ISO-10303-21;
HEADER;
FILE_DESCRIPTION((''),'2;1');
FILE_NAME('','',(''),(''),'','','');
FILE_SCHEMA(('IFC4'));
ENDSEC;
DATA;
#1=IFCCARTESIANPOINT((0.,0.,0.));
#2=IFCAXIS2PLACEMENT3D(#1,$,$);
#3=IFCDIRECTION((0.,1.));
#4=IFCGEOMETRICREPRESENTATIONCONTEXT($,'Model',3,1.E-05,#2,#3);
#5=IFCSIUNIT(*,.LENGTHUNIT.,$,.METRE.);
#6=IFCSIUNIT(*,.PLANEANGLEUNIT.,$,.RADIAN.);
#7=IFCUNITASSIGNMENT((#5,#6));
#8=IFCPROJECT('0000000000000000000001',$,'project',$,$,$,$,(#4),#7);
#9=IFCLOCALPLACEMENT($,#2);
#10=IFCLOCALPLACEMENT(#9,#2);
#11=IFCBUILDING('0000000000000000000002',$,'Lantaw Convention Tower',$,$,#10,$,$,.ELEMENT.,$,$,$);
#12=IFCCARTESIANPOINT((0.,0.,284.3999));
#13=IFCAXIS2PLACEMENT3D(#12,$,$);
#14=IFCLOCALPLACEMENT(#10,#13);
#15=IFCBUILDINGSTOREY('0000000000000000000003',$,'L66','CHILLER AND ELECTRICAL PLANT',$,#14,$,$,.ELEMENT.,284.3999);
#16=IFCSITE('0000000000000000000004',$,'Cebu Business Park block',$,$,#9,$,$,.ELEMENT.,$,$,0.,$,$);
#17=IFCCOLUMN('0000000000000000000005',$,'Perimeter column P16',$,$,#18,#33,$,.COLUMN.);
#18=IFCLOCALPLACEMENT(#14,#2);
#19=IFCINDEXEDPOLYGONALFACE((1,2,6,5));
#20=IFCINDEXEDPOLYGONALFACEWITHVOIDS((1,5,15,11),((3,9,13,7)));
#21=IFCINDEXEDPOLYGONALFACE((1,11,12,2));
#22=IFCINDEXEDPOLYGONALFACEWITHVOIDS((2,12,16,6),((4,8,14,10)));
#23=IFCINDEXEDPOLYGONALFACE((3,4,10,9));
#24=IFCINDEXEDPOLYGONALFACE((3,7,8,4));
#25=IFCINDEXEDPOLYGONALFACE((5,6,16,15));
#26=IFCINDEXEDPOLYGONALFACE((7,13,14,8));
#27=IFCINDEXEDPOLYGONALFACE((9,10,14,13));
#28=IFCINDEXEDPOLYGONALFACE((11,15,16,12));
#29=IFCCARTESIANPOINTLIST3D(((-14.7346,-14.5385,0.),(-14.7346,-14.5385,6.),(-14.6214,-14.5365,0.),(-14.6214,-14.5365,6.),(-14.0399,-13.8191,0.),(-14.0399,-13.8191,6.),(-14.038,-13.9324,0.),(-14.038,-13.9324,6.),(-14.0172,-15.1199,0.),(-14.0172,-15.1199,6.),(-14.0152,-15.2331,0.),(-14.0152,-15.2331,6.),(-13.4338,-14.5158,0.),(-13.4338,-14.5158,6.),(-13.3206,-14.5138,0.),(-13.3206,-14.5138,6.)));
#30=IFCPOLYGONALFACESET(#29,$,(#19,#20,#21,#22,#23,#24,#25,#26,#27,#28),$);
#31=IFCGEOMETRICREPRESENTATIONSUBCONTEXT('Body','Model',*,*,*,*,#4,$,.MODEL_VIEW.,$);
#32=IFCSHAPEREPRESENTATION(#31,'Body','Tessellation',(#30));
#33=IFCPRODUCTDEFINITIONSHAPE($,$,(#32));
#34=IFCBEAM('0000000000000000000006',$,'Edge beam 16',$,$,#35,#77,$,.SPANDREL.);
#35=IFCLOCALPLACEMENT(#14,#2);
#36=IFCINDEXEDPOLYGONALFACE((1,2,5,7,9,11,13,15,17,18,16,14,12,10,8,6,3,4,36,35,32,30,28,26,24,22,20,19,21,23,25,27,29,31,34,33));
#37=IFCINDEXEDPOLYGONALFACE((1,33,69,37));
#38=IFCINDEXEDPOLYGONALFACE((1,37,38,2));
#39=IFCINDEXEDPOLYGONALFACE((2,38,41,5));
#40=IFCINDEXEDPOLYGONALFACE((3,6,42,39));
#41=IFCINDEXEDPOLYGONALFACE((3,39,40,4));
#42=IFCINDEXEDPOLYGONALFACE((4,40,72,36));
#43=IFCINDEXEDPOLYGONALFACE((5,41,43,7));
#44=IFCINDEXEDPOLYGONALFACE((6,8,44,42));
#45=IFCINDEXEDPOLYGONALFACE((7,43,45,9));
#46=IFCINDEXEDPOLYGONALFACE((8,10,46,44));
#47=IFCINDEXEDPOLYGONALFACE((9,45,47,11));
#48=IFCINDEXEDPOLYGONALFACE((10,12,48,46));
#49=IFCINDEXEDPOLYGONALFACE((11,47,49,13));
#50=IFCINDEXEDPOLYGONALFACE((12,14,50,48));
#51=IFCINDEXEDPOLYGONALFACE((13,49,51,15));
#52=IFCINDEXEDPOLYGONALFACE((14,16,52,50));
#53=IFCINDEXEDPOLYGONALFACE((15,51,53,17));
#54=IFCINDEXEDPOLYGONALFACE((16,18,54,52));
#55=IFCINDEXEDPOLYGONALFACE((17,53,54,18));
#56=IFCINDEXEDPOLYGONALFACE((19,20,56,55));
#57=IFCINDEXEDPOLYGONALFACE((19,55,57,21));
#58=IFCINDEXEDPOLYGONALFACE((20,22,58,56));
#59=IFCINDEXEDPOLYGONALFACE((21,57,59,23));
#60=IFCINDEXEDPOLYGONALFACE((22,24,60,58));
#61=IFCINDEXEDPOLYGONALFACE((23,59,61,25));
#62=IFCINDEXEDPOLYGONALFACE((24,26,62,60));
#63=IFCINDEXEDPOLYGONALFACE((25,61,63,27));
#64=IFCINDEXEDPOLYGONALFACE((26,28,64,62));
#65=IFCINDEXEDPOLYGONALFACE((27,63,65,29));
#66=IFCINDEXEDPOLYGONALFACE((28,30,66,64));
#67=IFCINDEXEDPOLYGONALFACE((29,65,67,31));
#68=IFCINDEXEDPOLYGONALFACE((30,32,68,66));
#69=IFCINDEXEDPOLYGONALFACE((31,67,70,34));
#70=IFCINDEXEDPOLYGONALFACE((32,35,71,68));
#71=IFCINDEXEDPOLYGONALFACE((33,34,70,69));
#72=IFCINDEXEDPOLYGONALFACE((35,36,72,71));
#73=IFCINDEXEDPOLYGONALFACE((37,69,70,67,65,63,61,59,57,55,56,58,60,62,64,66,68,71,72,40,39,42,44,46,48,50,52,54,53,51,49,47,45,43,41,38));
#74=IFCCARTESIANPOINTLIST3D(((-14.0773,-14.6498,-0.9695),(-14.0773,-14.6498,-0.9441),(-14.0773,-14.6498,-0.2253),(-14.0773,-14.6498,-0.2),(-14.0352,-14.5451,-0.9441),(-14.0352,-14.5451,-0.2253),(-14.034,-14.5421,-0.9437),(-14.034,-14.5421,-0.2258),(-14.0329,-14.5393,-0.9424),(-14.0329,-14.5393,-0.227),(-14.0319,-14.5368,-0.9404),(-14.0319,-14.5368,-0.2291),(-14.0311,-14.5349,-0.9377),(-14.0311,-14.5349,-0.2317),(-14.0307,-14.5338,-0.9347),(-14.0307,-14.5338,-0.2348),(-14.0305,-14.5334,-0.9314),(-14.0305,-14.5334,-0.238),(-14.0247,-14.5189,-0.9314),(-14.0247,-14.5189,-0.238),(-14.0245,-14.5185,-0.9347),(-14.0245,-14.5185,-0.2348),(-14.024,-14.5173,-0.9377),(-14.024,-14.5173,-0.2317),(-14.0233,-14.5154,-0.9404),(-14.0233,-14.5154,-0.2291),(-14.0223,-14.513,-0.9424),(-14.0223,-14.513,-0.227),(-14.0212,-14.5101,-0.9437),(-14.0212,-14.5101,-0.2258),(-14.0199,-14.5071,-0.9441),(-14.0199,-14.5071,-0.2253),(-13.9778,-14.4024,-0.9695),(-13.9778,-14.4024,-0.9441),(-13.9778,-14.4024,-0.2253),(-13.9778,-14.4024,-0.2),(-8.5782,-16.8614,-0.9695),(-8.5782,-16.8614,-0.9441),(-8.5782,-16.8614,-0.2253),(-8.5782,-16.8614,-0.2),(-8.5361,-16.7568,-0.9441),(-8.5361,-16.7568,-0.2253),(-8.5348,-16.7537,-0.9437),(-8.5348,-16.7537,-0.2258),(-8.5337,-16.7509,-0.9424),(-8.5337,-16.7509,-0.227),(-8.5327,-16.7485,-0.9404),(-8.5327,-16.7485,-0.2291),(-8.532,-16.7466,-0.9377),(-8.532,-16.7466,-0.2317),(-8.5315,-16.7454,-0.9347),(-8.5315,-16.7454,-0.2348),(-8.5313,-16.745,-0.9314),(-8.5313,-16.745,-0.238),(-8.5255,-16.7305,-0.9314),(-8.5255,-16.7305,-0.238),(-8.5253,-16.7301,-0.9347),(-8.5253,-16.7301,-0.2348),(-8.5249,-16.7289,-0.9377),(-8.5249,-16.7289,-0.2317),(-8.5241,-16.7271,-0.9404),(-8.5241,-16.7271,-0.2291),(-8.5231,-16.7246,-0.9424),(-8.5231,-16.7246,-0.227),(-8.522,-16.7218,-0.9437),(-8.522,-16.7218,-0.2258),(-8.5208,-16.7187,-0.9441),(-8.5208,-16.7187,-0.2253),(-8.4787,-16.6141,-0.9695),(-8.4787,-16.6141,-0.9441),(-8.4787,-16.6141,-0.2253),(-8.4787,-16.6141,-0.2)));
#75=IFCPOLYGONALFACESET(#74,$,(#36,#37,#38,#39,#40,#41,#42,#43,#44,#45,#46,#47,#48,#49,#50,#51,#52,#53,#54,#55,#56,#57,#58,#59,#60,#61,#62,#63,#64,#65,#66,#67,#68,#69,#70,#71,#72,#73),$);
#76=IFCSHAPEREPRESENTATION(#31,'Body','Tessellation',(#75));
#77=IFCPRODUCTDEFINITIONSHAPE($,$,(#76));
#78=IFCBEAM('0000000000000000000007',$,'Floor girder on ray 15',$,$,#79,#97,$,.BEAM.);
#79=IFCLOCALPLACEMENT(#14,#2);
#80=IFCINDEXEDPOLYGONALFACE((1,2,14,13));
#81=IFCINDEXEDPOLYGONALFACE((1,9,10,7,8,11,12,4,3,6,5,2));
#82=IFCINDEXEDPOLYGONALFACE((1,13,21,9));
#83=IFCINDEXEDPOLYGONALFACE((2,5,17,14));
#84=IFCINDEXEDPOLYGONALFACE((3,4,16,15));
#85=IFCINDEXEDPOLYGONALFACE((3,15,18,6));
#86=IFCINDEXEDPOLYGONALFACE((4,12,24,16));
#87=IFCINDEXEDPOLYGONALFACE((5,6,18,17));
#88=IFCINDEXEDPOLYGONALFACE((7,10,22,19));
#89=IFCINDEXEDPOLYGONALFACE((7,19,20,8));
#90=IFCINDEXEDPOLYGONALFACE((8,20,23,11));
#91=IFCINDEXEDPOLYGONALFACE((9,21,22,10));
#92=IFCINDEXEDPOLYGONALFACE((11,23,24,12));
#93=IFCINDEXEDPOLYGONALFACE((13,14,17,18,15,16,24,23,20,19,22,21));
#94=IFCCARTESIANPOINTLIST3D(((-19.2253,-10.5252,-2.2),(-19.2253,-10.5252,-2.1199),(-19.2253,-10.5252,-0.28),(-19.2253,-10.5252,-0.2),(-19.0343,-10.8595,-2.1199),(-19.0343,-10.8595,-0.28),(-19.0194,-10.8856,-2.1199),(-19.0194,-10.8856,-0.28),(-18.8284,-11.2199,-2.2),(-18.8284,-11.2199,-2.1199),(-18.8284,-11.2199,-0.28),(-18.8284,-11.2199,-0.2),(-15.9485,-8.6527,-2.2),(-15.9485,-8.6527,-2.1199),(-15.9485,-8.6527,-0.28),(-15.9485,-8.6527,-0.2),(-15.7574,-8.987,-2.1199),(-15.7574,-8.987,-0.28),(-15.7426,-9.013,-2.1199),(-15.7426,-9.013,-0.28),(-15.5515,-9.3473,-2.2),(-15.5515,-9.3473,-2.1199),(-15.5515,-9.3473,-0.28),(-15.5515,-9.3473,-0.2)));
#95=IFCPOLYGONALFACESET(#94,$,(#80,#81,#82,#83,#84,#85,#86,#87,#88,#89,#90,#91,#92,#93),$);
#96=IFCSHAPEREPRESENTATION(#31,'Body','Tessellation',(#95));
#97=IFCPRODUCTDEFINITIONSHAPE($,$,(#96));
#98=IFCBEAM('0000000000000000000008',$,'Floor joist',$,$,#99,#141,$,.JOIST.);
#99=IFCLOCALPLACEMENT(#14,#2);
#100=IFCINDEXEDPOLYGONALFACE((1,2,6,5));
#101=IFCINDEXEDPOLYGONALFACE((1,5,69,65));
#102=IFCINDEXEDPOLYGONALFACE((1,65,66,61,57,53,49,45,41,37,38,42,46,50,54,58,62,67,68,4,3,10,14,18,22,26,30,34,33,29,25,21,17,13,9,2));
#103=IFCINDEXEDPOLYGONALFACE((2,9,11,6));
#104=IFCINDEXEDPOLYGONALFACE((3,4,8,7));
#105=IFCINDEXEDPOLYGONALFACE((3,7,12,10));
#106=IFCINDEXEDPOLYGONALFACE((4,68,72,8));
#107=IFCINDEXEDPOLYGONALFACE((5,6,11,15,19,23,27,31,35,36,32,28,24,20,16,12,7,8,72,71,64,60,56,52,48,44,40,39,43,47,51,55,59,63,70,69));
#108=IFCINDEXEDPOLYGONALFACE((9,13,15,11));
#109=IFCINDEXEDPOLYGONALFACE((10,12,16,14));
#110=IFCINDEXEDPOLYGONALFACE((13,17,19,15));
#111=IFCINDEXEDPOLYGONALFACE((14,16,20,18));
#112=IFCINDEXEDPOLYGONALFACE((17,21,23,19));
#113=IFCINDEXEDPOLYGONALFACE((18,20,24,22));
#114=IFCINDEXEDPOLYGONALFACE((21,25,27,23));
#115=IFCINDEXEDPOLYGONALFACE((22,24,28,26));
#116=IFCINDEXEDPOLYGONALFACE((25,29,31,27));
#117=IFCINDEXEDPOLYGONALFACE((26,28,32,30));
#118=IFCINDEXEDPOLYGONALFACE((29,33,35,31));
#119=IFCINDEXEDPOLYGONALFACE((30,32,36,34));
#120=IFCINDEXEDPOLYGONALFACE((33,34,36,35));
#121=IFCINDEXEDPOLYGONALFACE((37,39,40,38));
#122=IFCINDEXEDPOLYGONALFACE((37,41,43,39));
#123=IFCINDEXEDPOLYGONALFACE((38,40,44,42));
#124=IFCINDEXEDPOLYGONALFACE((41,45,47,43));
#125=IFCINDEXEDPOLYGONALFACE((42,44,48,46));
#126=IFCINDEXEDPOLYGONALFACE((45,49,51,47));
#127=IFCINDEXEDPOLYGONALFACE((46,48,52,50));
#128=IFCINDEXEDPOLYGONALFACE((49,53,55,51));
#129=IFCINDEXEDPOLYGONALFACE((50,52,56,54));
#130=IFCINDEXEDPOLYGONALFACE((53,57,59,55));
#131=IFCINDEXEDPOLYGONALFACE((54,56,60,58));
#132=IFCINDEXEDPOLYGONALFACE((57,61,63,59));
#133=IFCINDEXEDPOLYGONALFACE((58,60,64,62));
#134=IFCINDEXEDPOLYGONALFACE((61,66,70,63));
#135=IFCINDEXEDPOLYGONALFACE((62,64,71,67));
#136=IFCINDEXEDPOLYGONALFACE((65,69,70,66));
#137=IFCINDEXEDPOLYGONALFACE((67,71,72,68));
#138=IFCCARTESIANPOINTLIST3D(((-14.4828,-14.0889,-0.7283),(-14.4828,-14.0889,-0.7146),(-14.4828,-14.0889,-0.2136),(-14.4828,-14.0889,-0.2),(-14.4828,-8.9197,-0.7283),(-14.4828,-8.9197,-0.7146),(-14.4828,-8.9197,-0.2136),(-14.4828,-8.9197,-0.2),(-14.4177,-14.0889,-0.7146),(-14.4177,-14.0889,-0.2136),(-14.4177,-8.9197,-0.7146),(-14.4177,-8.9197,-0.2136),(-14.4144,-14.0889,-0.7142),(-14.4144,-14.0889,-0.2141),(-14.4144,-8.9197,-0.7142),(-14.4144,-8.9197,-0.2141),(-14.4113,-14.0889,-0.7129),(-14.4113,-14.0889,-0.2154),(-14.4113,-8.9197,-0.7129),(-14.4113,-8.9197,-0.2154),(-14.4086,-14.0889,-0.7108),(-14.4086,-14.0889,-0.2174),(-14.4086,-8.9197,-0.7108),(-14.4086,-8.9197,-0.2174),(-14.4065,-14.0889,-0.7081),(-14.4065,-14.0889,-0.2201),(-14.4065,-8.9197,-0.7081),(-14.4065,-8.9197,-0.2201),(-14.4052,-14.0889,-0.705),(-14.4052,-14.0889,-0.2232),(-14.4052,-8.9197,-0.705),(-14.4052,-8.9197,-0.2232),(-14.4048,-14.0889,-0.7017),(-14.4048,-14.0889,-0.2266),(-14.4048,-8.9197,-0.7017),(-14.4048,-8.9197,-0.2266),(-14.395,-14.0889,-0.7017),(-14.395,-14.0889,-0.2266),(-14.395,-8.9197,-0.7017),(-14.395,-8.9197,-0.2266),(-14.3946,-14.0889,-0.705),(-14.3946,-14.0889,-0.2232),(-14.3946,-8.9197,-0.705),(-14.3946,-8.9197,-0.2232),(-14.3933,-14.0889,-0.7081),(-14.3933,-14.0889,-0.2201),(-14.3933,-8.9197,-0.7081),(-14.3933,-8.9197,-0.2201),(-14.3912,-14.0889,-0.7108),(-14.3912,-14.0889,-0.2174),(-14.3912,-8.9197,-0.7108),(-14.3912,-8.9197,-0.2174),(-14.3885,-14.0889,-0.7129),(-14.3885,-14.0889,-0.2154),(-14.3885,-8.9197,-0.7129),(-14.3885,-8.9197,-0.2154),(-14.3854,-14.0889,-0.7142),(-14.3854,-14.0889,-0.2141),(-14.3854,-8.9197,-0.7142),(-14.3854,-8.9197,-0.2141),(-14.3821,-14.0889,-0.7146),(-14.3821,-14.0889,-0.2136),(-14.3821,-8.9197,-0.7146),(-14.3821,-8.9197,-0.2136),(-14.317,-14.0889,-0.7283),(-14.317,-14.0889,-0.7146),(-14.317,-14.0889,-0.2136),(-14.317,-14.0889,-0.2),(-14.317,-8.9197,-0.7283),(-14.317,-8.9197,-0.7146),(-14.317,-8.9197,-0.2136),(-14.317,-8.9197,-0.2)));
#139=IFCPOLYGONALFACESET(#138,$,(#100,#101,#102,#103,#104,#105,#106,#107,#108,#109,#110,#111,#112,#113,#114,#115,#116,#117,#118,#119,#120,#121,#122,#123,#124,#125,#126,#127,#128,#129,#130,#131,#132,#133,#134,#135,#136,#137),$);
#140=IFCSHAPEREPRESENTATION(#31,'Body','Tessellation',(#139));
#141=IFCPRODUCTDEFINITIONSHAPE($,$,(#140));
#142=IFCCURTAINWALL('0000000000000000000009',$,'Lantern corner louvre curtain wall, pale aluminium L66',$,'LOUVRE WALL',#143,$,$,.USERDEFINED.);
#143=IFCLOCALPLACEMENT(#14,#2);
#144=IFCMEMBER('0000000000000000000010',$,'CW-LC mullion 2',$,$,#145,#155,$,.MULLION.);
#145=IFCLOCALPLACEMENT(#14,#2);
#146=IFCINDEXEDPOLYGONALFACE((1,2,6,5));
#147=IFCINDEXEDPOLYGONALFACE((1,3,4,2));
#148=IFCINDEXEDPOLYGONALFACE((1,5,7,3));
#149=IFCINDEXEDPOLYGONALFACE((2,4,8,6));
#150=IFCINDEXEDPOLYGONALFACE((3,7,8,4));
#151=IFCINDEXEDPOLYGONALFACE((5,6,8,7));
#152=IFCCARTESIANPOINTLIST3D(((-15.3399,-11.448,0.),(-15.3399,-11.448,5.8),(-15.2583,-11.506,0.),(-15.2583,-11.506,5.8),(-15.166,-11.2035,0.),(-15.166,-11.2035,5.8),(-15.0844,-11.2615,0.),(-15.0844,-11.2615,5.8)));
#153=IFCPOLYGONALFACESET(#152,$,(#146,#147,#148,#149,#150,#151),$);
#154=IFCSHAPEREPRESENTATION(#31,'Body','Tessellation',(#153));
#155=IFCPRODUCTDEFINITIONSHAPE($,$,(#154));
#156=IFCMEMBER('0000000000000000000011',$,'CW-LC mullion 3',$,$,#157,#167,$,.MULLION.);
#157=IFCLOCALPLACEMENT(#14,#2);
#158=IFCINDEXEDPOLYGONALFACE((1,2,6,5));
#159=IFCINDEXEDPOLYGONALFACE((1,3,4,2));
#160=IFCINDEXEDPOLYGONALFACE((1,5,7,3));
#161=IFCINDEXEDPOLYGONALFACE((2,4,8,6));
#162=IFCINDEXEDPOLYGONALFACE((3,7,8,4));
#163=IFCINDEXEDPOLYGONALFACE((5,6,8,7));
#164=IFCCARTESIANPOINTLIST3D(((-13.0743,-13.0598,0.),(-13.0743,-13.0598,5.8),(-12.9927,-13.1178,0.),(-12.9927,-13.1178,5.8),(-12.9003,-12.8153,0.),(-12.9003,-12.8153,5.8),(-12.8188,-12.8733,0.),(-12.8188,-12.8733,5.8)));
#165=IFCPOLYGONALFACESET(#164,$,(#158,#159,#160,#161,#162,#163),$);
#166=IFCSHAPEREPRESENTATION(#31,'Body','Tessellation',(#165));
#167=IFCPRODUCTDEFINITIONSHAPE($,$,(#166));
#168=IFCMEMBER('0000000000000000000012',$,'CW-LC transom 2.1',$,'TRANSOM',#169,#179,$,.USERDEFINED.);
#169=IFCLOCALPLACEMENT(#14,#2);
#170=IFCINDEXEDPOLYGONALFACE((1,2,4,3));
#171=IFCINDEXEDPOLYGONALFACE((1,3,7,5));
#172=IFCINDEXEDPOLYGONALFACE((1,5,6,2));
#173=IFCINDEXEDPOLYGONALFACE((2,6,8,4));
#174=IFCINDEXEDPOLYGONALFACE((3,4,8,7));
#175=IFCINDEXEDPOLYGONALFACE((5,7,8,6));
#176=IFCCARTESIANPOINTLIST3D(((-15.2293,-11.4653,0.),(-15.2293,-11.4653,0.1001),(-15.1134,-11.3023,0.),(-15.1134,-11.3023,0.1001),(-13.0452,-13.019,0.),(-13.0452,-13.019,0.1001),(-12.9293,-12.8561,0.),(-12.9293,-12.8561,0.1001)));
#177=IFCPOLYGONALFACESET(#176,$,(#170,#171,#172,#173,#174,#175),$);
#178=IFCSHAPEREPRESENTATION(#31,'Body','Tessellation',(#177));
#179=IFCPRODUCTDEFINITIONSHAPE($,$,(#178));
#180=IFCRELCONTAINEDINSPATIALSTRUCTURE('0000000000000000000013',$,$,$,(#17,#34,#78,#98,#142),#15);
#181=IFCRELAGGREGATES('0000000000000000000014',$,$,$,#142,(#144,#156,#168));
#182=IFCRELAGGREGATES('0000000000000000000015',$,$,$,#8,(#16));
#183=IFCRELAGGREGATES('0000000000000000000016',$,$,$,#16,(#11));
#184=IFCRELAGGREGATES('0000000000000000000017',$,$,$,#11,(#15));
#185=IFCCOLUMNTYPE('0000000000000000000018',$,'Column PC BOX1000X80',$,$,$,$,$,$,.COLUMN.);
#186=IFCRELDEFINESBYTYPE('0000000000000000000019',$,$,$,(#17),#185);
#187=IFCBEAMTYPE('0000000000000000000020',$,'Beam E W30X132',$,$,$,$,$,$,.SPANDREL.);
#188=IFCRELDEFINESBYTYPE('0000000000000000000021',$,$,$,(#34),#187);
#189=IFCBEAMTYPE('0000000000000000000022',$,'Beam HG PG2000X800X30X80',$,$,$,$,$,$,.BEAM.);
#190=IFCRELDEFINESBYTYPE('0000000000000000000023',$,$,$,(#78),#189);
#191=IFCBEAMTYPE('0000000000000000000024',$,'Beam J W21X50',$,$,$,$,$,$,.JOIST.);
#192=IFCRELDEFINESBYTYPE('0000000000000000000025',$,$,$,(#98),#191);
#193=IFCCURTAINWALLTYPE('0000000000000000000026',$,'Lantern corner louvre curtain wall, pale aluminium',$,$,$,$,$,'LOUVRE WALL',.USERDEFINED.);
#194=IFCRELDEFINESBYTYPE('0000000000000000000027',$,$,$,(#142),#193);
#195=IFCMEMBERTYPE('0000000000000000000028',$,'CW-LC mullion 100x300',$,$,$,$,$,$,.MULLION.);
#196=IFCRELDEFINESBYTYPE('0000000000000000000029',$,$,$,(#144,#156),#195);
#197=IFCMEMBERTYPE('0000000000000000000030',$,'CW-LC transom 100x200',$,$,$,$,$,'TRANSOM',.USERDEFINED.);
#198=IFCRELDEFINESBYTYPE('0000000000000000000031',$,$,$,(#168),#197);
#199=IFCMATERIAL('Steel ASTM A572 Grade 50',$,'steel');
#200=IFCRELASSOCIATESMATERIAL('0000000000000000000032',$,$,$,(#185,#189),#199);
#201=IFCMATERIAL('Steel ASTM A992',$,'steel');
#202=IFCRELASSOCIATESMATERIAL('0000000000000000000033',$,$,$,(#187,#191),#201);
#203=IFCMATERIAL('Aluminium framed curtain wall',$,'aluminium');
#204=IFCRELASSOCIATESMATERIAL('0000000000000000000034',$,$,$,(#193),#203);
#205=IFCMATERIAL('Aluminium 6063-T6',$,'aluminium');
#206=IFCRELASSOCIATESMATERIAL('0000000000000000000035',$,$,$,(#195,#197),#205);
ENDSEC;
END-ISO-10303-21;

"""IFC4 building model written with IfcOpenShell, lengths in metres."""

from ifc_helpers import new_model, si_unit, direction, frame, origin, origin_2d, place, context, subcontext, project, spatial, rectangle, hollow_rectangle, i_section, extrude, material, material_profile, profile_set, type_object, element, aggregate, save


model = new_model("IFC4")

# Units and contexts
model_context = context("Model", 3, precision=1e-05, world=origin(), true_north=direction((0.0, 1.0)))
body_context = subcontext(model_context, "Body", "Model", "MODEL_VIEW")
ifc_project = project(units=[si_unit("LENGTHUNIT", "METRE"), si_unit("PLANEANGLEUNIT", "RADIAN")], contexts=[model_context])

# Site, building, storey
site_placement = place(None, origin())
site = spatial("IfcSite", under=ifc_project, at=site_placement, Name="Cebu Business Park block", CompositionType="ELEMENT", RefElevation=0.0)
building_placement = place(site_placement, origin())
building = spatial("IfcBuilding", under=site, at=building_placement, Name="Lantaw Convention Tower", CompositionType="ELEMENT")
storey_placement = place(building_placement, frame((0.0, 0.0, 284.3999)))
storey = spatial("IfcBuildingStorey", under=building, at=storey_placement, Name="L66", Description="CHILLER AND ELECTRICAL PLANT", CompositionType="ELEMENT", Elevation=284.3999)

# Column
ifc_material_1 = material(Name="Steel ASTM A572 Grade 50", Category="steel")
ifc_material_profile_1 = material_profile(ifc_material_1, hollow_rectangle(XDim=1.0, YDim=1.0, WallThickness=0.0801, at=origin_2d()), Name="BOX1000X80")
ifc_material_2 = material(Name="Concrete C60/75", Category="concrete")
ifc_material_profile_2 = material_profile(ifc_material_2, rectangle(XDim=0.8401, YDim=0.8401, at=origin_2d()), Name="Concrete fill of BOX1000X80")
ifc_profile_set_1 = profile_set([ifc_material_profile_1, ifc_material_profile_2], Name="Steel ASTM A572 Grade 50")
column_type = type_object("IfcColumnType", Name="Column PC BOX1000X80", PredefinedType="COLUMN", material=ifc_profile_set_1)
column_placement = place(storey_placement, frame((-14.0276, -14.5261, 0.0), z_axis=(0.0, 0.0, 1.0), x_axis=(0.694658, 0.71934, 0.0)))
element("IfcColumn", 1, at=column_placement, inside=storey, type_object=column_type, Name="Perimeter column P16", PredefinedType="COLUMN", context=body_context, shape_type="SweptSolid", body=[
    extrude(hollow_rectangle(XDim=1.0, YDim=1.0, WallThickness=0.0801, at=origin_2d()), origin(), (0.0, 0.0, 1.0), 6.0),
])

# Beams
ifc_material_3 = material(Name="Steel ASTM A992", Category="steel")
ifc_material_profile_3 = material_profile(ifc_material_3, i_section(OverallWidth=0.2666, OverallDepth=0.7695, WebThickness=0.0156, FlangeThickness=0.0254, FilletRadius=0.0127, at=origin_2d()), Name="W30X132")
ifc_profile_set_2 = profile_set([ifc_material_profile_3], Name="Steel ASTM A992")
beam_type_1 = type_object("IfcBeamType", Name="Beam E W30X132", PredefinedType="SPANDREL", material=ifc_profile_set_2)
beam_1_placement = place(storey_placement, frame((-14.0276, -14.5261, -0.5847), z_axis=(0.927779, -0.37313, 0.0), x_axis=(0.37313, 0.927779, 0.0)))
element("IfcBeam", 2, at=beam_1_placement, inside=storey, type_object=beam_type_1, Name="Edge beam 16", PredefinedType="SPANDREL", context=body_context, shape_type="SweptSolid", body=[
    extrude(i_section(OverallWidth=0.2666, OverallDepth=0.7695, WebThickness=0.0156, FlangeThickness=0.0254, FilletRadius=0.0127, at=origin_2d()), origin(), (0.0, 0.0, 1.0), 5.9272),
])
ifc_material_profile_4 = material_profile(ifc_material_1, i_section(OverallWidth=0.8, OverallDepth=2.0, WebThickness=0.03, FlangeThickness=0.0801, at=origin_2d()), Name="PG2000X800X30X80")
ifc_profile_set_3 = profile_set([ifc_material_profile_4], Name="Steel ASTM A572 Grade 50")
beam_type_2 = type_object("IfcBeamType", Name="Beam HG PG2000X800X30X80", PredefinedType="BEAM", material=ifc_profile_set_3)
beam_2_placement = place(storey_placement, frame((-15.75, -9.0, -1.2), z_axis=(-0.868235, -0.496153, 0.0), x_axis=(0.496153, -0.868235, 0.0)))
element("IfcBeam", 3, at=beam_2_placement, inside=storey, type_object=beam_type_2, Name="Floor girder on ray 15", PredefinedType="BEAM", context=body_context, shape_type="SweptSolid", body=[
    extrude(i_section(OverallWidth=0.8, OverallDepth=2.0, WebThickness=0.03, FlangeThickness=0.0801, at=origin_2d()), origin(), (0.0, 0.0, 1.0), 3.7742),
])
ifc_material_profile_5 = material_profile(ifc_material_3, i_section(OverallWidth=0.1658, OverallDepth=0.5283, WebThickness=0.0098, FlangeThickness=0.0137, FilletRadius=0.0129, at=origin_2d()), Name="W21X50")
ifc_profile_set_4 = profile_set([ifc_material_profile_5], Name="Steel ASTM A992")
beam_type_3 = type_object("IfcBeamType", Name="Beam J W21X50", PredefinedType="JOIST", material=ifc_profile_set_4)
beam_3_placement = place(storey_placement, frame((-14.3999, -14.0889, -0.4641), z_axis=(0.0, 1.0, 0.0), x_axis=(-1.0, 0.0, 0.0)))
element("IfcBeam", 4, at=beam_3_placement, inside=storey, type_object=beam_type_3, Name="Floor joist", PredefinedType="JOIST", context=body_context, shape_type="SweptSolid", body=[
    extrude(i_section(OverallWidth=0.1658, OverallDepth=0.5283, WebThickness=0.0098, FlangeThickness=0.0137, FilletRadius=0.0129, at=origin_2d()), origin(), (0.0, 0.0, 1.0), 5.1692),
])

# Curtain wall, members
ifc_material_4 = material(Name="Aluminium framed curtain wall", Category="aluminium")
curtain_wall_type_1 = type_object("IfcCurtainWallType", Name="Lantern corner louvre curtain wall, pale aluminium", ElementType="LOUVRE WALL", PredefinedType="USERDEFINED", material=ifc_material_4)
curtain_wall_1_placement = place(storey_placement, origin())
curtain_wall_1 = element("IfcCurtainWall", 5, at=curtain_wall_1_placement, inside=storey, type_object=curtain_wall_type_1, Name="Lantern corner louvre curtain wall, pale aluminium L66", ObjectType="LOUVRE WALL", PredefinedType="USERDEFINED")
ifc_material_5 = material(Name="Aluminium 6063-T6", Category="aluminium")
ifc_material_profile_6 = material_profile(ifc_material_5, rectangle(XDim=0.3, YDim=0.1001, at=origin_2d()), Name="CW-LC mullion 100x300")
ifc_profile_set_5 = profile_set([ifc_material_profile_6], Name="Aluminium 6063-T6")
member_type_1 = type_object("IfcMemberType", Name="CW-LC mullion 100x300", PredefinedType="MULLION", material=ifc_profile_set_5)
member_1_placement = place(storey_placement, frame((-15.2122, -11.3547, 0.0), z_axis=(0.0, 0.0, 1.0), x_axis=(0.579684, 0.814841, 0.0)))
member_1 = element("IfcMember", 6, at=member_1_placement, type_object=member_type_1, Name="CW-LC mullion 2", PredefinedType="MULLION", context=body_context, shape_type="SweptSolid", body=[
    extrude(rectangle(XDim=0.3, YDim=0.1001, at=origin_2d()), origin(), (0.0, 0.0, 1.0), 5.8),
])
member_2_placement = place(storey_placement, frame((-12.9465, -12.9666, 0.0), z_axis=(0.0, 0.0, 1.0), x_axis=(0.579684, 0.814841, 0.0)))
member_2 = element("IfcMember", 7, at=member_2_placement, type_object=member_type_1, Name="CW-LC mullion 3", PredefinedType="MULLION", context=body_context, shape_type="SweptSolid", body=[
    extrude(rectangle(XDim=0.3, YDim=0.1001, at=origin_2d()), origin(), (0.0, 0.0, 1.0), 5.8),
])
ifc_material_profile_7 = material_profile(ifc_material_5, rectangle(XDim=0.2, YDim=0.1001, at=origin_2d()), Name="CW-LC transom 100x200")
ifc_profile_set_6 = profile_set([ifc_material_profile_7], Name="Aluminium 6063-T6")
member_type_2 = type_object("IfcMemberType", Name="CW-LC transom 100x200", ElementType="TRANSOM", PredefinedType="USERDEFINED", material=ifc_profile_set_6)
member_3_placement = place(storey_placement, frame((-15.1714, -11.3838, 0.05), z_axis=(0.814852, -0.579669, 0.0), x_axis=(0.579669, 0.814852, 0.0)))
member_3 = element("IfcMember", 8, at=member_3_placement, type_object=member_type_2, Name="CW-LC transom 2.1", ObjectType="TRANSOM", PredefinedType="USERDEFINED", context=body_context, shape_type="SweptSolid", body=[
    extrude(rectangle(XDim=0.2, YDim=0.1001, at=origin_2d()), origin(), (0.0, 0.0, 1.0), 2.6804),
])

aggregate(curtain_wall_1, [member_1, member_2, member_3])

save(model, "model.ifc")
